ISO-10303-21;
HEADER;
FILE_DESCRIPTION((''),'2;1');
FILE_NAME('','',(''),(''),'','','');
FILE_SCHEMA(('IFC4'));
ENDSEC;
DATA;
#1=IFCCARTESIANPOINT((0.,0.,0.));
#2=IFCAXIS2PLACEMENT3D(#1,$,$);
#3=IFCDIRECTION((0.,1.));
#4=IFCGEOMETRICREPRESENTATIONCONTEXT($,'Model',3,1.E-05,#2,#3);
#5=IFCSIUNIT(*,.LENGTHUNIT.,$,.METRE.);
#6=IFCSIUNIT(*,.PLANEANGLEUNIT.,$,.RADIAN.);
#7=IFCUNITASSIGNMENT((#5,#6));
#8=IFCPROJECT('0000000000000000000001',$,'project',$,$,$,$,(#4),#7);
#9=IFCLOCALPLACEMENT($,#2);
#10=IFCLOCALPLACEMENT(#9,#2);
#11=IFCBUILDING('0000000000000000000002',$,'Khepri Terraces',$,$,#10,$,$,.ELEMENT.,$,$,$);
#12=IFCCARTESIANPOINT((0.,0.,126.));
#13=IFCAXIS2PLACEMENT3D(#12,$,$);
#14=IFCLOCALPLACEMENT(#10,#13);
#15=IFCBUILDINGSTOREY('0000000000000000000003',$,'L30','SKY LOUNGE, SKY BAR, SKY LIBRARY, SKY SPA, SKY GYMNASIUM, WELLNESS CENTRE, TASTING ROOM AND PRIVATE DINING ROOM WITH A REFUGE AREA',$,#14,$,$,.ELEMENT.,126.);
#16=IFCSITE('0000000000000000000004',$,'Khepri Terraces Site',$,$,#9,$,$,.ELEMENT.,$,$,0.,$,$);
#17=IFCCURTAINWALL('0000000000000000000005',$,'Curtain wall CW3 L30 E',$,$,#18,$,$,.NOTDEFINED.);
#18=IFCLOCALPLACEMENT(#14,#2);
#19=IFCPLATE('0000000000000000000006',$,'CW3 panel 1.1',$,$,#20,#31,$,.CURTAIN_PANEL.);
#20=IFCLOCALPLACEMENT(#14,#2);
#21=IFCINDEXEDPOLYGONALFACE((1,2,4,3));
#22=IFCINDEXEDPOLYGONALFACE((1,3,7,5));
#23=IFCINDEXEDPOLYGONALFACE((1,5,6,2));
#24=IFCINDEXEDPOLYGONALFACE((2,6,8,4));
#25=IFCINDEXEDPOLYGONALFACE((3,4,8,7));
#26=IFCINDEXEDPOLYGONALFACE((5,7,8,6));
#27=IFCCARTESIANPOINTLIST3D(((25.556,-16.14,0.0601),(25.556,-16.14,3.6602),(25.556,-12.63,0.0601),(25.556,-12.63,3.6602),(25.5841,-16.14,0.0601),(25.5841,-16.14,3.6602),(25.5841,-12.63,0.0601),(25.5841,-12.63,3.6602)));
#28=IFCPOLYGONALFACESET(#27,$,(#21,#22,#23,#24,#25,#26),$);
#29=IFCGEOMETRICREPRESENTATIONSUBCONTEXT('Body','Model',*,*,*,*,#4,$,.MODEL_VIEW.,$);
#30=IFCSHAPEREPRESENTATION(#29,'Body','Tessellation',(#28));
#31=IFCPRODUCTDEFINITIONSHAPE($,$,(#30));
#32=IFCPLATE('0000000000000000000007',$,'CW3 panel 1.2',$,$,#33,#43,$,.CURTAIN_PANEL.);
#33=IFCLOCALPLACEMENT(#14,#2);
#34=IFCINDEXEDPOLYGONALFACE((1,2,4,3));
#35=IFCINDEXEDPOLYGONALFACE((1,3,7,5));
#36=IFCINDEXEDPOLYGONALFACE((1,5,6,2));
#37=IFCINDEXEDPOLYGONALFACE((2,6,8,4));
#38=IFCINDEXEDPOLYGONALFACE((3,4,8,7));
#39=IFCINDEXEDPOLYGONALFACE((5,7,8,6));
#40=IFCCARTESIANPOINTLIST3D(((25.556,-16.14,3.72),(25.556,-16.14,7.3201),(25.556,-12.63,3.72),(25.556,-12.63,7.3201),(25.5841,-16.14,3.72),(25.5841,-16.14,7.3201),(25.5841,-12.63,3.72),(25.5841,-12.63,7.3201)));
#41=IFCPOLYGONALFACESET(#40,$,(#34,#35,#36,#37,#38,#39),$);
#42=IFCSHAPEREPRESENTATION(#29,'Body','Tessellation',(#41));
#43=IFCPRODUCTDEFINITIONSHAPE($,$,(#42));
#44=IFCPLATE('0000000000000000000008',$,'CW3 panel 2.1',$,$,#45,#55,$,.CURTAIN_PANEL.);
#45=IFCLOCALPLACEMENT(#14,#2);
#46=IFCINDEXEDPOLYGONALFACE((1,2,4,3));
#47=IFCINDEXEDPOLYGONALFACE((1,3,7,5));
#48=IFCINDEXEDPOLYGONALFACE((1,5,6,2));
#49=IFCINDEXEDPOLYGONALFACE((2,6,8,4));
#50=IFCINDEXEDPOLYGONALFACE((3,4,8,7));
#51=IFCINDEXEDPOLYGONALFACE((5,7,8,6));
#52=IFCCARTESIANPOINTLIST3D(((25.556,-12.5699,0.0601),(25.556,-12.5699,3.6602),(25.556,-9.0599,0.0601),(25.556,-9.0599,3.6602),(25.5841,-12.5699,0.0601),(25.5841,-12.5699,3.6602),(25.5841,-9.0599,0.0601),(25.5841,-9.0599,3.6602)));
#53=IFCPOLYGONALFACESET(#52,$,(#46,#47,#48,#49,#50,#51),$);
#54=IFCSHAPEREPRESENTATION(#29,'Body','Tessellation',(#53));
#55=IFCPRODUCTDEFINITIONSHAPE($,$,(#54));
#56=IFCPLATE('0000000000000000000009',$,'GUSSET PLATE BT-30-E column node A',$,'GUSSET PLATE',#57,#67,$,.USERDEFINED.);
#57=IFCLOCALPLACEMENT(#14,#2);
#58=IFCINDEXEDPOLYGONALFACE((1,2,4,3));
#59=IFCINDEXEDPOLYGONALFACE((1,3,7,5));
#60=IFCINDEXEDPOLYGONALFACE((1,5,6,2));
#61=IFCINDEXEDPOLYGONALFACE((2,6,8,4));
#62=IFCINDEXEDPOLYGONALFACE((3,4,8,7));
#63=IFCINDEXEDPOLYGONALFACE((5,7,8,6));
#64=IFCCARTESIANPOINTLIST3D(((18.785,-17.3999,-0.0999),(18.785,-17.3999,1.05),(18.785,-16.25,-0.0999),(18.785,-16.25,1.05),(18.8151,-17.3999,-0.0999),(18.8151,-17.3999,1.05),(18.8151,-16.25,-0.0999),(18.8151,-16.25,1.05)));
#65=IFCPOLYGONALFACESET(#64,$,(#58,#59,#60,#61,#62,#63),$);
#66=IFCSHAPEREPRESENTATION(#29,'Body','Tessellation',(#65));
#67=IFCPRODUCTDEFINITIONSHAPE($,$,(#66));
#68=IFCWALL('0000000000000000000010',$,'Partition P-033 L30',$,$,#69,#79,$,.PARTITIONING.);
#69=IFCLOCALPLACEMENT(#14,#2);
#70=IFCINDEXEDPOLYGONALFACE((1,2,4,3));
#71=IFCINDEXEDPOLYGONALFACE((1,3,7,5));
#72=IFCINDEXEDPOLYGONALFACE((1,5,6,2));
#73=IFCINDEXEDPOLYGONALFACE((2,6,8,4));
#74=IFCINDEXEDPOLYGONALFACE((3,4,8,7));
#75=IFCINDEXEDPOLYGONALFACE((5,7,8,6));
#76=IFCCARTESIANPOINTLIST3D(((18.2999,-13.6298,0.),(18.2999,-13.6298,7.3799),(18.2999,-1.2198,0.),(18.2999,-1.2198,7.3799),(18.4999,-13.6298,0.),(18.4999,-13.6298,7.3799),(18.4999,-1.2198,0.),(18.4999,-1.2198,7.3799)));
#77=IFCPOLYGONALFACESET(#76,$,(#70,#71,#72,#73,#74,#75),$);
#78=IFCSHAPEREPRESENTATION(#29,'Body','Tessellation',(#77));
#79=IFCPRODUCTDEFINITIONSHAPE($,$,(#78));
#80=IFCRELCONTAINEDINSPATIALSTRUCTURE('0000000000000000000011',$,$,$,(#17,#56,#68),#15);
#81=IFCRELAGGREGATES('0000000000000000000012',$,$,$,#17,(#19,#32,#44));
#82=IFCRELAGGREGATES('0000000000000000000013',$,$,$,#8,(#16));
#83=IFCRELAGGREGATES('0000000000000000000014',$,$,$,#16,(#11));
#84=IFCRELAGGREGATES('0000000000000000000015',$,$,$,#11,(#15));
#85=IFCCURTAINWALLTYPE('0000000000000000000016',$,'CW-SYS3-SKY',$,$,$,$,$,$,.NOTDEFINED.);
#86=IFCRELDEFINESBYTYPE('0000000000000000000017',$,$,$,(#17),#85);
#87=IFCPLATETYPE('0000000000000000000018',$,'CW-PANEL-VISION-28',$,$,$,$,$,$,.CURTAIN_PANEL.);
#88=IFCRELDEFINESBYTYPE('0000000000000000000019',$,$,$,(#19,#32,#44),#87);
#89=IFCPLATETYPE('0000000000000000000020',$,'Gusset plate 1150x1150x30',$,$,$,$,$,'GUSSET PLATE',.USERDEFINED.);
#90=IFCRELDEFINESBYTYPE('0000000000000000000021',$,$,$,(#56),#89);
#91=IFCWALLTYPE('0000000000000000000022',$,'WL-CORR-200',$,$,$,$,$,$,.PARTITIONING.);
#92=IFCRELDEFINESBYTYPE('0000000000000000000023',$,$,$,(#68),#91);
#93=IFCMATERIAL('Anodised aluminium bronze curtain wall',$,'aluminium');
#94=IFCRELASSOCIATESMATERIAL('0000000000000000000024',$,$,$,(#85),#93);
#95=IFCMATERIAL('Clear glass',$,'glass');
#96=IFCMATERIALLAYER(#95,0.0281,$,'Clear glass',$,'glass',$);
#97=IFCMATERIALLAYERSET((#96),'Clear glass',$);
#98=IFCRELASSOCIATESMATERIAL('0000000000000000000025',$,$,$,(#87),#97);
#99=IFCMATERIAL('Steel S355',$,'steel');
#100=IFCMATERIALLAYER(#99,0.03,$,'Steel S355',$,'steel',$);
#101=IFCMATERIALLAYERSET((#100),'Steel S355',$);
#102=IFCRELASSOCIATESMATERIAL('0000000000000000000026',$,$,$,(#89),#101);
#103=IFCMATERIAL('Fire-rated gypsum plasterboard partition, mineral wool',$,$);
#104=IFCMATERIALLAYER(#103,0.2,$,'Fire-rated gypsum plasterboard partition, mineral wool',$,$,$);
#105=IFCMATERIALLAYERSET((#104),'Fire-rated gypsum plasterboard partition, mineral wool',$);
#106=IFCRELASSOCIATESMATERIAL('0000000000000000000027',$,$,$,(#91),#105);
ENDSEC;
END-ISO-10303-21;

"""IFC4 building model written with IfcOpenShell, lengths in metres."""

from ifc_helpers import new_model, si_unit, direction, frame, frame_2d, origin, origin_2d, place, context, subcontext, project, spatial, rectangle, extrude, material, layer, layer_set, type_object, element, aggregate, save


model = new_model("IFC4")

# Units and contexts
model_context = context("Model", 3, precision=1e-05, world=origin(), true_north=direction((0.0, 1.0)))
body_context = subcontext(model_context, "Body", "Model", "MODEL_VIEW")
ifc_project = project(units=[si_unit("LENGTHUNIT", "METRE"), si_unit("PLANEANGLEUNIT", "RADIAN")], contexts=[model_context])

# Site, building, storey
site_placement = place(None, origin())
site = spatial("IfcSite", under=ifc_project, at=site_placement, Name="Khepri Terraces Site", CompositionType="ELEMENT", RefElevation=0.0)
building_placement = place(site_placement, origin())
building = spatial("IfcBuilding", under=site, at=building_placement, Name="Khepri Terraces", CompositionType="ELEMENT")
storey_placement = place(building_placement, frame((0.0, 0.0, 126.0)))
storey = spatial("IfcBuildingStorey", under=building, at=storey_placement, Name="L30", Description="SKY LOUNGE, SKY BAR, SKY LIBRARY, SKY SPA, SKY GYMNASIUM, WELLNESS CENTRE, TASTING ROOM AND PRIVATE DINING ROOM WITH A REFUGE AREA", CompositionType="ELEMENT", Elevation=126.0)

# Shared definitions
ifc_material_1 = material(Name="Steel S355", Category="steel")

# Curtain wall
ifc_material_2 = material(Name="Anodised aluminium bronze curtain wall", Category="aluminium")
curtain_wall_type = type_object("IfcCurtainWallType", Name="CW-SYS3-SKY", PredefinedType="NOTDEFINED", material=ifc_material_2)
curtain_wall_placement = place(storey_placement, origin())
curtain_wall = element("IfcCurtainWall", 1, at=curtain_wall_placement, inside=storey, type_object=curtain_wall_type, Name="Curtain wall CW3 L30 E", PredefinedType="NOTDEFINED")

# Plates
ifc_material_3 = material(Name="Clear glass", Category="glass")
ifc_layer_1 = layer(ifc_material_3, 0.0281, Name="Clear glass", Category="glass")
ifc_layer_set_1 = layer_set([ifc_layer_1], Name="Clear glass")
plate_type_1 = type_object("IfcPlateType", Name="CW-PANEL-VISION-28", PredefinedType="CURTAIN_PANEL", material=ifc_layer_set_1)
plate_1_placement = place(storey_placement, frame((25.5701, -14.385, 0.0601), z_axis=(0.0, 0.0, 1.0), x_axis=(0.0, 1.0, 0.0)))
plate_1 = element("IfcPlate", 2, at=plate_1_placement, type_object=plate_type_1, Name="CW3 panel 1.1", PredefinedType="CURTAIN_PANEL", context=body_context, shape_type="SweptSolid", body=[
    extrude(rectangle(XDim=3.51, YDim=0.0281, at=origin_2d()), origin(), (0.0, 0.0, 1.0), 3.6001),
])
plate_2_placement = place(storey_placement, frame((25.5701, -14.385, 3.72), z_axis=(0.0, 0.0, 1.0), x_axis=(0.0, 1.0, 0.0)))
plate_2 = element("IfcPlate", 3, at=plate_2_placement, type_object=plate_type_1, Name="CW3 panel 1.2", PredefinedType="CURTAIN_PANEL", context=body_context, shape_type="SweptSolid", body=[
    extrude(rectangle(XDim=3.51, YDim=0.0281, at=origin_2d()), origin(), (0.0, 0.0, 1.0), 3.6001),
])
plate_3_placement = place(storey_placement, frame((25.5701, -10.8149, 0.0601), z_axis=(0.0, 0.0, 1.0), x_axis=(0.0, 1.0, 0.0)))
plate_3 = element("IfcPlate", 4, at=plate_3_placement, type_object=plate_type_1, Name="CW3 panel 2.1", PredefinedType="CURTAIN_PANEL", context=body_context, shape_type="SweptSolid", body=[
    extrude(rectangle(XDim=3.51, YDim=0.0281, at=origin_2d()), origin(), (0.0, 0.0, 1.0), 3.6001),
])
aggregate(curtain_wall, [plate_1, plate_2, plate_3])
ifc_layer_2 = layer(ifc_material_1, 0.03, Name="Steel S355", Category="steel")
ifc_layer_set_2 = layer_set([ifc_layer_2], Name="Steel S355")
plate_type_2 = type_object("IfcPlateType", Name="Gusset plate 1150x1150x30", ElementType="GUSSET PLATE", PredefinedType="USERDEFINED", material=ifc_layer_set_2)
plate_4_placement = place(storey_placement, frame((18.8, -16.825, -0.0999), z_axis=(0.0, 0.0, 1.0), x_axis=(0.0, 1.0, 0.0)))
element("IfcPlate", 5, at=plate_4_placement, inside=storey, type_object=plate_type_2, Name="GUSSET PLATE BT-30-E column node A", ObjectType="GUSSET PLATE", PredefinedType="USERDEFINED", context=body_context, shape_type="SweptSolid", body=[
    extrude(rectangle(XDim=1.1499, YDim=0.03, at=origin_2d()), origin(), (0.0, 0.0, 1.0), 1.1499),
])

# Wall
ifc_material_4 = material(Name="Fire-rated gypsum plasterboard partition, mineral wool")
ifc_layer_3 = layer(ifc_material_4, 0.2, Name="Fire-rated gypsum plasterboard partition, mineral wool")
ifc_layer_set_3 = layer_set([ifc_layer_3], Name="Fire-rated gypsum plasterboard partition, mineral wool")
wall_type = type_object("IfcWallType", Name="WL-CORR-200", PredefinedType="PARTITIONING", material=ifc_layer_set_3)
wall_placement = place(storey_placement, frame((18.3999, -13.6299, 0.0), z_axis=(0.0, 0.0, 1.0), x_axis=(0.0, 1.0, 0.0)))
element("IfcWall", 6, at=wall_placement, inside=storey, type_object=wall_type, Name="Partition P-033 L30", PredefinedType="PARTITIONING", context=body_context, shape_type="SweptSolid", body=[
    extrude(rectangle(XDim=12.4099, YDim=0.2, at=frame_2d((6.2051, 0.0))), origin(), (0.0, 0.0, 1.0), 7.3799),
])

save(model, "model.ifc")
